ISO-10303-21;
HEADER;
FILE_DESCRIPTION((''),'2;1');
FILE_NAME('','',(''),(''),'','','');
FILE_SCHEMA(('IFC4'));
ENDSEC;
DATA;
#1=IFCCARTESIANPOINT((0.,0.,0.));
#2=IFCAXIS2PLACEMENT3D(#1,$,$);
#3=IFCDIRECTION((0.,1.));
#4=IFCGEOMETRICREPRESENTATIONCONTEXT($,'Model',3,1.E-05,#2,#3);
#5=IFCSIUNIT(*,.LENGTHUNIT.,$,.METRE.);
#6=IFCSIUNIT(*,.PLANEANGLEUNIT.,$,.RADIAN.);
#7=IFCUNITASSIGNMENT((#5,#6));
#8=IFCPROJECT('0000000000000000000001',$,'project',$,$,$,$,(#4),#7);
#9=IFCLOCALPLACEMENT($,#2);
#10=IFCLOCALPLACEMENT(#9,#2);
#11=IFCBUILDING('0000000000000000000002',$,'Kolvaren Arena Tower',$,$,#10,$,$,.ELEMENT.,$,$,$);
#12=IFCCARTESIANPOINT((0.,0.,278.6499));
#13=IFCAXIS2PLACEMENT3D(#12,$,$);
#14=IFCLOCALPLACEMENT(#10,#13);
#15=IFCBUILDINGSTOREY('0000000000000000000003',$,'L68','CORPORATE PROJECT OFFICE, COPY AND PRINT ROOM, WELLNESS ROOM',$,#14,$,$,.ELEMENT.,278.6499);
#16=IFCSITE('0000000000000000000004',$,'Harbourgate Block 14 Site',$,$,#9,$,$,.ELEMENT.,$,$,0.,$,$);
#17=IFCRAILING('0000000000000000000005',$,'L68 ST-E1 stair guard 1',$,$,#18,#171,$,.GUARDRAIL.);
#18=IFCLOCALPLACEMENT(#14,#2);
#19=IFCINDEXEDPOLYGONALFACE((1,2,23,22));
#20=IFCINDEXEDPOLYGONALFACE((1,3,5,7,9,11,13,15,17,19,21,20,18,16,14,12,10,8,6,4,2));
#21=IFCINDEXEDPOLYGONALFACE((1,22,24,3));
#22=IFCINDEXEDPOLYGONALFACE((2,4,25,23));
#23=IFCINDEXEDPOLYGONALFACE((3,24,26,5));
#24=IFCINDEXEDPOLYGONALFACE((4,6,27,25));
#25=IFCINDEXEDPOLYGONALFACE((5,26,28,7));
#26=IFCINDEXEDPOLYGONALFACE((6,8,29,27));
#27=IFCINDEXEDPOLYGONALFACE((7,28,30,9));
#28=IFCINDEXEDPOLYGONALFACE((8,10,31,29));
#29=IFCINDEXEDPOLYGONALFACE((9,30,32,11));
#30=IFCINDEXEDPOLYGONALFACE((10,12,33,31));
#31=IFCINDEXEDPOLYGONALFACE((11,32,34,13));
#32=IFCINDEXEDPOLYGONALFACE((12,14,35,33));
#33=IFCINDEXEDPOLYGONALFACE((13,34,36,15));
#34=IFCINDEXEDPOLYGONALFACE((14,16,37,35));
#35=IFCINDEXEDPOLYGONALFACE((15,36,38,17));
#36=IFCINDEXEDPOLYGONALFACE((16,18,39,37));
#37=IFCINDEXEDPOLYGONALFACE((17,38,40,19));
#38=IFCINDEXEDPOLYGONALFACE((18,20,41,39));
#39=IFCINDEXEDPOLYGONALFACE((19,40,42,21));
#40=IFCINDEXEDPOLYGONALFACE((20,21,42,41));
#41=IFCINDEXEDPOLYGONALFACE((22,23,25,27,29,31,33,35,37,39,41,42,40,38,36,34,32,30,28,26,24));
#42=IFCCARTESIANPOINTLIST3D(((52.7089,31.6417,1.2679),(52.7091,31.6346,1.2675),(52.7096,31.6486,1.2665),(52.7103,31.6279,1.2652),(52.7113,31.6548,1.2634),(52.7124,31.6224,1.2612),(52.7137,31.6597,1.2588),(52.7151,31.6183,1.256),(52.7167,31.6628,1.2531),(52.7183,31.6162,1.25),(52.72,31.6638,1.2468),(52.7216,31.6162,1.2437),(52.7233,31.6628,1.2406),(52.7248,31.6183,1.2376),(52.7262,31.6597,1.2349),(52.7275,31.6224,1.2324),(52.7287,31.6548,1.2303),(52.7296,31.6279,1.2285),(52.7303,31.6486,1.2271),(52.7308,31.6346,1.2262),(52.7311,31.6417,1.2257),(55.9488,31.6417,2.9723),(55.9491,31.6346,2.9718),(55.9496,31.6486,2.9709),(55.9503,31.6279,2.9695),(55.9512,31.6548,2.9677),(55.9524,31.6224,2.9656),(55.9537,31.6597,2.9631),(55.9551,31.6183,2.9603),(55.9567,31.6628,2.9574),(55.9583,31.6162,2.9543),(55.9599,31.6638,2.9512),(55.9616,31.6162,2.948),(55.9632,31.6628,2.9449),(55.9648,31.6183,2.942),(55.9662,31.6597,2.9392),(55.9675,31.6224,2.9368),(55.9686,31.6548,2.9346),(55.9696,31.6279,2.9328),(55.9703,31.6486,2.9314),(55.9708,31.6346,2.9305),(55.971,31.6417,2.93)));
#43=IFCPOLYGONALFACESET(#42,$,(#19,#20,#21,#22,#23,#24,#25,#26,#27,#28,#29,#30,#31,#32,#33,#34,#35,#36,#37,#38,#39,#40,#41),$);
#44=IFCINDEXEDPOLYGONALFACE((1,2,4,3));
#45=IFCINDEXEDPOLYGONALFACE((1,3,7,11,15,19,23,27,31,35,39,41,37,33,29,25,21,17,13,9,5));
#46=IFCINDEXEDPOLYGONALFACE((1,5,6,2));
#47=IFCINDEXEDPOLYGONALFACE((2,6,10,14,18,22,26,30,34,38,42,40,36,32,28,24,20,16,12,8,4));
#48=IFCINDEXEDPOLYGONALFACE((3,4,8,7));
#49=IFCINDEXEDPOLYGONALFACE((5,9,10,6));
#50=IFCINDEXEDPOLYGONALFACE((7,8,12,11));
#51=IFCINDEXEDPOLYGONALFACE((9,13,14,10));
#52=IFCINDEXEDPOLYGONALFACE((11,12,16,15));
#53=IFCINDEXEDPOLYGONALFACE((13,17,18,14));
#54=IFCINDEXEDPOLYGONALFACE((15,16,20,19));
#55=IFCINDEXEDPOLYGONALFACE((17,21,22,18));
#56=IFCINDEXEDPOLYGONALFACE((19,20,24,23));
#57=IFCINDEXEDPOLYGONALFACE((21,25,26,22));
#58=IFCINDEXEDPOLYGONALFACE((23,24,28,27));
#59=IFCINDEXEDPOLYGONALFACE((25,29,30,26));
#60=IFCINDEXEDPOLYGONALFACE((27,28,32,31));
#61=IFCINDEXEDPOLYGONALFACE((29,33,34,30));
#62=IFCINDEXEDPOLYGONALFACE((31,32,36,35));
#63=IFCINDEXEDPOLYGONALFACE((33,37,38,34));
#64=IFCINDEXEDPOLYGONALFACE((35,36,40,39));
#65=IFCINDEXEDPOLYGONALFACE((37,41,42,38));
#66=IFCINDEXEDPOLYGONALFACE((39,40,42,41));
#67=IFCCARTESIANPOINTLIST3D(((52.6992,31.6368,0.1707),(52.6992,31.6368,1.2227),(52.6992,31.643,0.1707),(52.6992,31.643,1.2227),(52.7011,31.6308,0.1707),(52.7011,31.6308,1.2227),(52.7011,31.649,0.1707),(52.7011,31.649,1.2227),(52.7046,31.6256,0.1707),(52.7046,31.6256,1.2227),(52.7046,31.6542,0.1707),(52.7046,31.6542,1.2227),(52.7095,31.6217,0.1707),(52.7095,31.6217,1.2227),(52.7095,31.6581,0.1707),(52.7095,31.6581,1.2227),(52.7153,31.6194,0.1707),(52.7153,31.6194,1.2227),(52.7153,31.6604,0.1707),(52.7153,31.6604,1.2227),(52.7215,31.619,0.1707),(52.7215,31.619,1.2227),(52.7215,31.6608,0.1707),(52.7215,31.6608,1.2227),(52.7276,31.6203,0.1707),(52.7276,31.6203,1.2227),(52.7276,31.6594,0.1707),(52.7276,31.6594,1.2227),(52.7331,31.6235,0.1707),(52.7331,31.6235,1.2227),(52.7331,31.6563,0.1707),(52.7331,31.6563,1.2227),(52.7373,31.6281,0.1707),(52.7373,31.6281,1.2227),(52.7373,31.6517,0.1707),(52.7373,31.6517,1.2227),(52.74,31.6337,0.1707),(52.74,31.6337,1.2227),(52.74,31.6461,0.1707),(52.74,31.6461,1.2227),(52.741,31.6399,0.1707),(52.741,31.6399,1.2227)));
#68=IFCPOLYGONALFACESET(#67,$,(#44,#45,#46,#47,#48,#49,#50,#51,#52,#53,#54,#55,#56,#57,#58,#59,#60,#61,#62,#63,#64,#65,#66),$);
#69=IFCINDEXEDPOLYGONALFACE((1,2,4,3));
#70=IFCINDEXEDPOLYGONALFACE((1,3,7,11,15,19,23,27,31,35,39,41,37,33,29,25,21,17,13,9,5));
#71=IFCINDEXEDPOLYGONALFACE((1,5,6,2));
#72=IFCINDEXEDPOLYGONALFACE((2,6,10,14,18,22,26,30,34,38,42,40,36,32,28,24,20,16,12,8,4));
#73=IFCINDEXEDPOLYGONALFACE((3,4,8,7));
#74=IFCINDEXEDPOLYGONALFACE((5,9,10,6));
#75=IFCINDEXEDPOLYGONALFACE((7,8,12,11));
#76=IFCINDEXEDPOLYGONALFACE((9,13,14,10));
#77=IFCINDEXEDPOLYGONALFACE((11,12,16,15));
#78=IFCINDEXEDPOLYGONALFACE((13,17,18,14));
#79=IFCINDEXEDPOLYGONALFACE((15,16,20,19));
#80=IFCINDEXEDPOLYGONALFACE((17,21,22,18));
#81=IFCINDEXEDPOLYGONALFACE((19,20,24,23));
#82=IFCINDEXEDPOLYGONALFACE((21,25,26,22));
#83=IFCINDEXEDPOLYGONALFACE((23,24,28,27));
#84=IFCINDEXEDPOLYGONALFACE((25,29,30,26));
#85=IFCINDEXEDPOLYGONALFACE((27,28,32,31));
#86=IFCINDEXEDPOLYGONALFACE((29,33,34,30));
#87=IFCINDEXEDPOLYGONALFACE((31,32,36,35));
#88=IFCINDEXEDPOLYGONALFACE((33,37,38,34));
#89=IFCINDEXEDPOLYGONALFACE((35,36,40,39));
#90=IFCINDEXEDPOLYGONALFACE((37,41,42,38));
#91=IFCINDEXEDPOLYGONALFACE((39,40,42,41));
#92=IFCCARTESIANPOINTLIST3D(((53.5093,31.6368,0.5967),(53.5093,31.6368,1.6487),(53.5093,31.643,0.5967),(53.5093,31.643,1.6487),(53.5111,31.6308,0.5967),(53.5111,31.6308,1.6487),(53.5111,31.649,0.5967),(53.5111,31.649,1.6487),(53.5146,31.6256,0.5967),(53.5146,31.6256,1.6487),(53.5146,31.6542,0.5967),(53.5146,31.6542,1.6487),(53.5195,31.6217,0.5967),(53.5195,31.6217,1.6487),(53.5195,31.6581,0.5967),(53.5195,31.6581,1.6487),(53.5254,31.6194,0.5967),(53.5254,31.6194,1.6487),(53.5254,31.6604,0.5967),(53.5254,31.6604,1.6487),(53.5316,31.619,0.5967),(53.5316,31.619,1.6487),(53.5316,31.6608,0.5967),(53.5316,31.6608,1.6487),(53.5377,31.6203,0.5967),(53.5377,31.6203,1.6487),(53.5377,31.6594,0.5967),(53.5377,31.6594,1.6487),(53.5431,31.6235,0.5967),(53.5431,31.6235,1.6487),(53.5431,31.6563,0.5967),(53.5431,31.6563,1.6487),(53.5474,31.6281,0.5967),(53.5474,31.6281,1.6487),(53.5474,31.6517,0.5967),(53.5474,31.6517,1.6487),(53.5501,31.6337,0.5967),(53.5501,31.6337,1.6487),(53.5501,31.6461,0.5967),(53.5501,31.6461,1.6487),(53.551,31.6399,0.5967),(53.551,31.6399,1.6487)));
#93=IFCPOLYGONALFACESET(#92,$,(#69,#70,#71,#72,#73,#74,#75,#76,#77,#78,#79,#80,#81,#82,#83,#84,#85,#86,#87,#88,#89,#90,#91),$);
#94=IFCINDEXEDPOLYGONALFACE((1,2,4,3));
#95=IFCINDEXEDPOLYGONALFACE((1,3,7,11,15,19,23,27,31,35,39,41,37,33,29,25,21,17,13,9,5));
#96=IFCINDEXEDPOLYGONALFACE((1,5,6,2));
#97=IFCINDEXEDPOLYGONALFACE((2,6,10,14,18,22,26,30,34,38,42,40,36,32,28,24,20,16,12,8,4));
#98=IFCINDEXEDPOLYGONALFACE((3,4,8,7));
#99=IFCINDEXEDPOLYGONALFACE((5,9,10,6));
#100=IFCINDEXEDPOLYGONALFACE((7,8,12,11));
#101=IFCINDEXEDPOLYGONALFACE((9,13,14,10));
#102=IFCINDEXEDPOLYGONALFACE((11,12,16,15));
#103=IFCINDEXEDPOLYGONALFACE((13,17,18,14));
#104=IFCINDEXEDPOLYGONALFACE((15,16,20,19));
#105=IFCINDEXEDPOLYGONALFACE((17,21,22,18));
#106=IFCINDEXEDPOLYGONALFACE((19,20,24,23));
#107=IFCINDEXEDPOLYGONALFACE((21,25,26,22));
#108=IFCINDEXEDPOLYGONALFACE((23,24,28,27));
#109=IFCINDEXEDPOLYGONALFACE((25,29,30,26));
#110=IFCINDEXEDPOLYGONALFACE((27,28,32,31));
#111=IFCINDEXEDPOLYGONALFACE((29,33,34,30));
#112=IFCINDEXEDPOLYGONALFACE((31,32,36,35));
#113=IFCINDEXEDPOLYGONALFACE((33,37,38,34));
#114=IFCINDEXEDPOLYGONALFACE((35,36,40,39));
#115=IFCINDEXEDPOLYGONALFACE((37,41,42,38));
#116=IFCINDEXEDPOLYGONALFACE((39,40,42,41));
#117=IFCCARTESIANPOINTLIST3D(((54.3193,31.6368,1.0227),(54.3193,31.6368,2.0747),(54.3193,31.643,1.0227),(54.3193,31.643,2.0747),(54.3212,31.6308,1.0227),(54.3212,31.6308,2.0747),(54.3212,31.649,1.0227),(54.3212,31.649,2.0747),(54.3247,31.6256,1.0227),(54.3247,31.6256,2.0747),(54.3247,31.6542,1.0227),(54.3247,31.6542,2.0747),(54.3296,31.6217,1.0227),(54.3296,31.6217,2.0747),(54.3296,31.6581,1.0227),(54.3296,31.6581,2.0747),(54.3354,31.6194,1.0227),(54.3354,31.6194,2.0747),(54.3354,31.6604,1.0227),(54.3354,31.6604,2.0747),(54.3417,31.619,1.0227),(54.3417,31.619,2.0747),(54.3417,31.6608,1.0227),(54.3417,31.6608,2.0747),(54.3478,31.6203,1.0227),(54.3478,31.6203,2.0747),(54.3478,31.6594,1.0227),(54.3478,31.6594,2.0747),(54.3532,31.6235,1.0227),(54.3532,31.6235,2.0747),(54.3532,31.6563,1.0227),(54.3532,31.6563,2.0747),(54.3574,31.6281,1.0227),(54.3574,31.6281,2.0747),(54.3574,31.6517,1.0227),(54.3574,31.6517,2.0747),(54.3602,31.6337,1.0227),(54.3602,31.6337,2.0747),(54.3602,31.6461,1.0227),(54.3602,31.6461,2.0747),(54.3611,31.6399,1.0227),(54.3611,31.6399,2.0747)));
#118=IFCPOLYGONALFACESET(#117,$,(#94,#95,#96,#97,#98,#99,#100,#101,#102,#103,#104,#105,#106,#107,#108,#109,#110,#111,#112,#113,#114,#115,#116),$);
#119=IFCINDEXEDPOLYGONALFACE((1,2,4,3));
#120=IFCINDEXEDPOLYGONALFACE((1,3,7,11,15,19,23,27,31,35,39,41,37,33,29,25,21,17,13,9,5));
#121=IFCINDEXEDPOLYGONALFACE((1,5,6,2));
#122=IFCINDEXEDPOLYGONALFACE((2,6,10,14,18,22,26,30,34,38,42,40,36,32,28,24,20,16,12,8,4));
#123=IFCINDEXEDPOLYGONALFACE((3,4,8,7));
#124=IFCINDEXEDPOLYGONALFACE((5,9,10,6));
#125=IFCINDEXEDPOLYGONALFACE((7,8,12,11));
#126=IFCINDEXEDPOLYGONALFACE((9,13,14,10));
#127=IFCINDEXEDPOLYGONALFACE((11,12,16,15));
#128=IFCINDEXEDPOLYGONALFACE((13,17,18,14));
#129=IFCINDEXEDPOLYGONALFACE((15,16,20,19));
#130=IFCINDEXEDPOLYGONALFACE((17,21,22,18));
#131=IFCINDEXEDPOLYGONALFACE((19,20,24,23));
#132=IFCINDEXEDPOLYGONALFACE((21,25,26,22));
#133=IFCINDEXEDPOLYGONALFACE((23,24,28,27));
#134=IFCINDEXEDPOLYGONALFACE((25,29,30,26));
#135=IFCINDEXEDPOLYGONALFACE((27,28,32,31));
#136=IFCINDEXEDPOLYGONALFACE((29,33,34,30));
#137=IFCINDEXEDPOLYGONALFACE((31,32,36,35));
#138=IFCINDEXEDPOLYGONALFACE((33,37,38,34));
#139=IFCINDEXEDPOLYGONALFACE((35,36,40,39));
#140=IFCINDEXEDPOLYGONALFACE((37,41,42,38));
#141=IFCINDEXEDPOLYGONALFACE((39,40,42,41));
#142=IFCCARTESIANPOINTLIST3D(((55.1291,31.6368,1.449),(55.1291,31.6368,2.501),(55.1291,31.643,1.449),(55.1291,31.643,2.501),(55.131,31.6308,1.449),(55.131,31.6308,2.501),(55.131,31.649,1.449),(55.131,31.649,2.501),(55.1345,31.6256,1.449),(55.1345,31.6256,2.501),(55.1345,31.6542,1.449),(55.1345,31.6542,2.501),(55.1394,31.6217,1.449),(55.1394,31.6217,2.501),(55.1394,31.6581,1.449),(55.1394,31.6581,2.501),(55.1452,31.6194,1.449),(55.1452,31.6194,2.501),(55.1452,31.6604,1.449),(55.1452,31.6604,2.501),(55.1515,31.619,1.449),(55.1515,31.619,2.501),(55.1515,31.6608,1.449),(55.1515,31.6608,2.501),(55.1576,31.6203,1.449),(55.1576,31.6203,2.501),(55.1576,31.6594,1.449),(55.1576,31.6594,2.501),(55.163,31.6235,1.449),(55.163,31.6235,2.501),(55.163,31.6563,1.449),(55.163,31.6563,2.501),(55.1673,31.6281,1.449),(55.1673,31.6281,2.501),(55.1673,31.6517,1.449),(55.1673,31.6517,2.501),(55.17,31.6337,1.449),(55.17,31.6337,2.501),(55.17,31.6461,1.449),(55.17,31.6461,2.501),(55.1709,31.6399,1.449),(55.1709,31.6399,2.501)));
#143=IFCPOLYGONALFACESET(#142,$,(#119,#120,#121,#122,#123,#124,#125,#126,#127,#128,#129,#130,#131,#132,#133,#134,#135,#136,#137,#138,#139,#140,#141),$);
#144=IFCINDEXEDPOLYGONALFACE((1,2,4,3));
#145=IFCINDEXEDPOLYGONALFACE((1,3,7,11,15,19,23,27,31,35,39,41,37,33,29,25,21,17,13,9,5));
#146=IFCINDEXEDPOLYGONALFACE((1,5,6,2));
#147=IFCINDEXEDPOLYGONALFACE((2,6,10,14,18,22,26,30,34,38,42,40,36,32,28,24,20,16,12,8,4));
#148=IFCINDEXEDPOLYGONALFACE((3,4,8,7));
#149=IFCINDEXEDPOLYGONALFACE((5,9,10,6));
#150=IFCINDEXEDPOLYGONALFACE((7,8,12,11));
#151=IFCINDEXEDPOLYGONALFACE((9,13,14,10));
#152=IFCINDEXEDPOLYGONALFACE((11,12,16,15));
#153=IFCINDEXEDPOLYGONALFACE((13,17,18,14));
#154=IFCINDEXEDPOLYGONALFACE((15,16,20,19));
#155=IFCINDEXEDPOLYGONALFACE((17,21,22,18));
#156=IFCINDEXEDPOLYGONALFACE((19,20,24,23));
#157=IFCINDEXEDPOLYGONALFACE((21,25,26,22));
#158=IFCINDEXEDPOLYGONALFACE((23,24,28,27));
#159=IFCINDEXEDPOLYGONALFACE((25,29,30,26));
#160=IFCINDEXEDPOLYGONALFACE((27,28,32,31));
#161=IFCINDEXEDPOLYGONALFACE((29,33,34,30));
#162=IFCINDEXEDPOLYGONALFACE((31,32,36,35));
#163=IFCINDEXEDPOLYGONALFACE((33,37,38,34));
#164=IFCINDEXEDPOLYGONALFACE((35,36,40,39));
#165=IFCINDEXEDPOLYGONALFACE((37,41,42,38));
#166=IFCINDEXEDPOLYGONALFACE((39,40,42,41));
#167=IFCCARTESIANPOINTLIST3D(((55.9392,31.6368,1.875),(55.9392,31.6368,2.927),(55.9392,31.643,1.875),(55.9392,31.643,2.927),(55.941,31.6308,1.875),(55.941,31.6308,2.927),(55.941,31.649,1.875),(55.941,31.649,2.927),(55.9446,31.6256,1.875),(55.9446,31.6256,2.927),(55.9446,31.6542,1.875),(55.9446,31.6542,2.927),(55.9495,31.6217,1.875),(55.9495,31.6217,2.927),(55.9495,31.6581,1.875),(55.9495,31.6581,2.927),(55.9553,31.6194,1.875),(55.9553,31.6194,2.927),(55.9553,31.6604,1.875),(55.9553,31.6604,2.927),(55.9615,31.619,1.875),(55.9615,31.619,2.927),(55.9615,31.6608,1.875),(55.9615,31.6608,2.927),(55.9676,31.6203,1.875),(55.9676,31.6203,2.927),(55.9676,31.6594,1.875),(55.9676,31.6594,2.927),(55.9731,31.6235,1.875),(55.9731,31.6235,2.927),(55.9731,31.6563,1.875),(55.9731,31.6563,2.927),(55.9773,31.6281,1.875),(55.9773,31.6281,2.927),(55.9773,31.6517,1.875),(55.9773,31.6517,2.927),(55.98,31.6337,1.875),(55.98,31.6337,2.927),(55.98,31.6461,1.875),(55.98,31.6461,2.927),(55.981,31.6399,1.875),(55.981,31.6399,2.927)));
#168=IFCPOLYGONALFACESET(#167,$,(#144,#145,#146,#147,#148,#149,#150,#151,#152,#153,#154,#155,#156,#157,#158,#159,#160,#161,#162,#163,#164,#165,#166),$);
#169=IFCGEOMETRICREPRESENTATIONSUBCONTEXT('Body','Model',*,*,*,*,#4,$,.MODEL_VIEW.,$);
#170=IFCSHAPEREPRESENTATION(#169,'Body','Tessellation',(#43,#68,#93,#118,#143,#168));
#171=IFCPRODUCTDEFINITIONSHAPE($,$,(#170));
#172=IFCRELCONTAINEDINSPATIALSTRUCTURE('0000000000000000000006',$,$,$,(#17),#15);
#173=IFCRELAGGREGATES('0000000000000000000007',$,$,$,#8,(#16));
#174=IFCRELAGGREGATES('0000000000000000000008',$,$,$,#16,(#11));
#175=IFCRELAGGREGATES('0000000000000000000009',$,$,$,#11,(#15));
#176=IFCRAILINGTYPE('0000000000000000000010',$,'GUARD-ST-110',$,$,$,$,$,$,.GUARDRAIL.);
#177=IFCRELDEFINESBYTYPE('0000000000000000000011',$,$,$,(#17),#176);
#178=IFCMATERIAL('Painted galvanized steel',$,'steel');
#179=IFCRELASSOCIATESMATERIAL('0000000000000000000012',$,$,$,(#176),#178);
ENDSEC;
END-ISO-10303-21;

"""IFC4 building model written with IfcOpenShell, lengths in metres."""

from ifc_helpers import new_model, si_unit, direction, frame, origin, origin_2d, place, context, subcontext, project, spatial, circle, extrude, material, type_object, element, save


model = new_model("IFC4")

# Units and contexts
model_context = context("Model", 3, precision=1e-05, world=origin(), true_north=direction((0.0, 1.0)))
body_context = subcontext(model_context, "Body", "Model", "MODEL_VIEW")
ifc_project = project(units=[si_unit("LENGTHUNIT", "METRE"), si_unit("PLANEANGLEUNIT", "RADIAN")], contexts=[model_context])

# Site, building, storey
site_placement = place(None, origin())
site = spatial("IfcSite", under=ifc_project, at=site_placement, Name="Harbourgate Block 14 Site", CompositionType="ELEMENT", RefElevation=0.0)
building_placement = place(site_placement, origin())
building = spatial("IfcBuilding", under=site, at=building_placement, Name="Kolvaren Arena Tower", CompositionType="ELEMENT")
storey_placement = place(building_placement, frame((0.0, 0.0, 278.6499)))
storey = spatial("IfcBuildingStorey", under=building, at=storey_placement, Name="L68", Description="CORPORATE PROJECT OFFICE, COPY AND PRINT ROOM, WELLNESS ROOM", CompositionType="ELEMENT", Elevation=278.6499)

# Railing
ifc_material_1 = material(Name="Painted galvanized steel", Category="steel")
railing_type_1 = type_object("IfcRailingType", Name="GUARD-ST-110", PredefinedType="GUARDRAIL", material=ifc_material_1)
railing_1_placement = place(storey_placement, frame((52.72, 31.6399, 0.1707)))
element("IfcRailing", 1, at=railing_1_placement, inside=storey, type_object=railing_type_1, Name="L68 ST-E1 stair guard 1", PredefinedType="GUARDRAIL", context=body_context, shape_type="SweptSolid", body=[
    extrude(circle(Radius=0.0239, at=origin_2d()), frame((0.0, 0.0, 1.0762), z_axis=(0.885021, 0.0, 0.465551), x_axis=(0.0, 1.0, 0.0)), (0.0, 0.0, 1.0), 3.6609),
    extrude(circle(Radius=0.021, at=origin_2d()), origin(), (0.0, 0.0, 1.0), 1.052),
    extrude(circle(Radius=0.021, at=origin_2d()), frame((0.8101, 0.0, 0.426)), (0.0, 0.0, 1.0), 1.052),
    extrude(circle(Radius=0.021, at=origin_2d()), frame((1.6201, 0.0, 0.8521)), (0.0, 0.0, 1.0), 1.052),
    extrude(circle(Radius=0.021, at=origin_2d()), frame((2.4299, 0.0, 1.2783)), (0.0, 0.0, 1.0), 1.052),
    extrude(circle(Radius=0.021, at=origin_2d()), frame((3.24, 0.0, 1.7043)), (0.0, 0.0, 1.0), 1.052),
])

save(model, "model.ifc")
